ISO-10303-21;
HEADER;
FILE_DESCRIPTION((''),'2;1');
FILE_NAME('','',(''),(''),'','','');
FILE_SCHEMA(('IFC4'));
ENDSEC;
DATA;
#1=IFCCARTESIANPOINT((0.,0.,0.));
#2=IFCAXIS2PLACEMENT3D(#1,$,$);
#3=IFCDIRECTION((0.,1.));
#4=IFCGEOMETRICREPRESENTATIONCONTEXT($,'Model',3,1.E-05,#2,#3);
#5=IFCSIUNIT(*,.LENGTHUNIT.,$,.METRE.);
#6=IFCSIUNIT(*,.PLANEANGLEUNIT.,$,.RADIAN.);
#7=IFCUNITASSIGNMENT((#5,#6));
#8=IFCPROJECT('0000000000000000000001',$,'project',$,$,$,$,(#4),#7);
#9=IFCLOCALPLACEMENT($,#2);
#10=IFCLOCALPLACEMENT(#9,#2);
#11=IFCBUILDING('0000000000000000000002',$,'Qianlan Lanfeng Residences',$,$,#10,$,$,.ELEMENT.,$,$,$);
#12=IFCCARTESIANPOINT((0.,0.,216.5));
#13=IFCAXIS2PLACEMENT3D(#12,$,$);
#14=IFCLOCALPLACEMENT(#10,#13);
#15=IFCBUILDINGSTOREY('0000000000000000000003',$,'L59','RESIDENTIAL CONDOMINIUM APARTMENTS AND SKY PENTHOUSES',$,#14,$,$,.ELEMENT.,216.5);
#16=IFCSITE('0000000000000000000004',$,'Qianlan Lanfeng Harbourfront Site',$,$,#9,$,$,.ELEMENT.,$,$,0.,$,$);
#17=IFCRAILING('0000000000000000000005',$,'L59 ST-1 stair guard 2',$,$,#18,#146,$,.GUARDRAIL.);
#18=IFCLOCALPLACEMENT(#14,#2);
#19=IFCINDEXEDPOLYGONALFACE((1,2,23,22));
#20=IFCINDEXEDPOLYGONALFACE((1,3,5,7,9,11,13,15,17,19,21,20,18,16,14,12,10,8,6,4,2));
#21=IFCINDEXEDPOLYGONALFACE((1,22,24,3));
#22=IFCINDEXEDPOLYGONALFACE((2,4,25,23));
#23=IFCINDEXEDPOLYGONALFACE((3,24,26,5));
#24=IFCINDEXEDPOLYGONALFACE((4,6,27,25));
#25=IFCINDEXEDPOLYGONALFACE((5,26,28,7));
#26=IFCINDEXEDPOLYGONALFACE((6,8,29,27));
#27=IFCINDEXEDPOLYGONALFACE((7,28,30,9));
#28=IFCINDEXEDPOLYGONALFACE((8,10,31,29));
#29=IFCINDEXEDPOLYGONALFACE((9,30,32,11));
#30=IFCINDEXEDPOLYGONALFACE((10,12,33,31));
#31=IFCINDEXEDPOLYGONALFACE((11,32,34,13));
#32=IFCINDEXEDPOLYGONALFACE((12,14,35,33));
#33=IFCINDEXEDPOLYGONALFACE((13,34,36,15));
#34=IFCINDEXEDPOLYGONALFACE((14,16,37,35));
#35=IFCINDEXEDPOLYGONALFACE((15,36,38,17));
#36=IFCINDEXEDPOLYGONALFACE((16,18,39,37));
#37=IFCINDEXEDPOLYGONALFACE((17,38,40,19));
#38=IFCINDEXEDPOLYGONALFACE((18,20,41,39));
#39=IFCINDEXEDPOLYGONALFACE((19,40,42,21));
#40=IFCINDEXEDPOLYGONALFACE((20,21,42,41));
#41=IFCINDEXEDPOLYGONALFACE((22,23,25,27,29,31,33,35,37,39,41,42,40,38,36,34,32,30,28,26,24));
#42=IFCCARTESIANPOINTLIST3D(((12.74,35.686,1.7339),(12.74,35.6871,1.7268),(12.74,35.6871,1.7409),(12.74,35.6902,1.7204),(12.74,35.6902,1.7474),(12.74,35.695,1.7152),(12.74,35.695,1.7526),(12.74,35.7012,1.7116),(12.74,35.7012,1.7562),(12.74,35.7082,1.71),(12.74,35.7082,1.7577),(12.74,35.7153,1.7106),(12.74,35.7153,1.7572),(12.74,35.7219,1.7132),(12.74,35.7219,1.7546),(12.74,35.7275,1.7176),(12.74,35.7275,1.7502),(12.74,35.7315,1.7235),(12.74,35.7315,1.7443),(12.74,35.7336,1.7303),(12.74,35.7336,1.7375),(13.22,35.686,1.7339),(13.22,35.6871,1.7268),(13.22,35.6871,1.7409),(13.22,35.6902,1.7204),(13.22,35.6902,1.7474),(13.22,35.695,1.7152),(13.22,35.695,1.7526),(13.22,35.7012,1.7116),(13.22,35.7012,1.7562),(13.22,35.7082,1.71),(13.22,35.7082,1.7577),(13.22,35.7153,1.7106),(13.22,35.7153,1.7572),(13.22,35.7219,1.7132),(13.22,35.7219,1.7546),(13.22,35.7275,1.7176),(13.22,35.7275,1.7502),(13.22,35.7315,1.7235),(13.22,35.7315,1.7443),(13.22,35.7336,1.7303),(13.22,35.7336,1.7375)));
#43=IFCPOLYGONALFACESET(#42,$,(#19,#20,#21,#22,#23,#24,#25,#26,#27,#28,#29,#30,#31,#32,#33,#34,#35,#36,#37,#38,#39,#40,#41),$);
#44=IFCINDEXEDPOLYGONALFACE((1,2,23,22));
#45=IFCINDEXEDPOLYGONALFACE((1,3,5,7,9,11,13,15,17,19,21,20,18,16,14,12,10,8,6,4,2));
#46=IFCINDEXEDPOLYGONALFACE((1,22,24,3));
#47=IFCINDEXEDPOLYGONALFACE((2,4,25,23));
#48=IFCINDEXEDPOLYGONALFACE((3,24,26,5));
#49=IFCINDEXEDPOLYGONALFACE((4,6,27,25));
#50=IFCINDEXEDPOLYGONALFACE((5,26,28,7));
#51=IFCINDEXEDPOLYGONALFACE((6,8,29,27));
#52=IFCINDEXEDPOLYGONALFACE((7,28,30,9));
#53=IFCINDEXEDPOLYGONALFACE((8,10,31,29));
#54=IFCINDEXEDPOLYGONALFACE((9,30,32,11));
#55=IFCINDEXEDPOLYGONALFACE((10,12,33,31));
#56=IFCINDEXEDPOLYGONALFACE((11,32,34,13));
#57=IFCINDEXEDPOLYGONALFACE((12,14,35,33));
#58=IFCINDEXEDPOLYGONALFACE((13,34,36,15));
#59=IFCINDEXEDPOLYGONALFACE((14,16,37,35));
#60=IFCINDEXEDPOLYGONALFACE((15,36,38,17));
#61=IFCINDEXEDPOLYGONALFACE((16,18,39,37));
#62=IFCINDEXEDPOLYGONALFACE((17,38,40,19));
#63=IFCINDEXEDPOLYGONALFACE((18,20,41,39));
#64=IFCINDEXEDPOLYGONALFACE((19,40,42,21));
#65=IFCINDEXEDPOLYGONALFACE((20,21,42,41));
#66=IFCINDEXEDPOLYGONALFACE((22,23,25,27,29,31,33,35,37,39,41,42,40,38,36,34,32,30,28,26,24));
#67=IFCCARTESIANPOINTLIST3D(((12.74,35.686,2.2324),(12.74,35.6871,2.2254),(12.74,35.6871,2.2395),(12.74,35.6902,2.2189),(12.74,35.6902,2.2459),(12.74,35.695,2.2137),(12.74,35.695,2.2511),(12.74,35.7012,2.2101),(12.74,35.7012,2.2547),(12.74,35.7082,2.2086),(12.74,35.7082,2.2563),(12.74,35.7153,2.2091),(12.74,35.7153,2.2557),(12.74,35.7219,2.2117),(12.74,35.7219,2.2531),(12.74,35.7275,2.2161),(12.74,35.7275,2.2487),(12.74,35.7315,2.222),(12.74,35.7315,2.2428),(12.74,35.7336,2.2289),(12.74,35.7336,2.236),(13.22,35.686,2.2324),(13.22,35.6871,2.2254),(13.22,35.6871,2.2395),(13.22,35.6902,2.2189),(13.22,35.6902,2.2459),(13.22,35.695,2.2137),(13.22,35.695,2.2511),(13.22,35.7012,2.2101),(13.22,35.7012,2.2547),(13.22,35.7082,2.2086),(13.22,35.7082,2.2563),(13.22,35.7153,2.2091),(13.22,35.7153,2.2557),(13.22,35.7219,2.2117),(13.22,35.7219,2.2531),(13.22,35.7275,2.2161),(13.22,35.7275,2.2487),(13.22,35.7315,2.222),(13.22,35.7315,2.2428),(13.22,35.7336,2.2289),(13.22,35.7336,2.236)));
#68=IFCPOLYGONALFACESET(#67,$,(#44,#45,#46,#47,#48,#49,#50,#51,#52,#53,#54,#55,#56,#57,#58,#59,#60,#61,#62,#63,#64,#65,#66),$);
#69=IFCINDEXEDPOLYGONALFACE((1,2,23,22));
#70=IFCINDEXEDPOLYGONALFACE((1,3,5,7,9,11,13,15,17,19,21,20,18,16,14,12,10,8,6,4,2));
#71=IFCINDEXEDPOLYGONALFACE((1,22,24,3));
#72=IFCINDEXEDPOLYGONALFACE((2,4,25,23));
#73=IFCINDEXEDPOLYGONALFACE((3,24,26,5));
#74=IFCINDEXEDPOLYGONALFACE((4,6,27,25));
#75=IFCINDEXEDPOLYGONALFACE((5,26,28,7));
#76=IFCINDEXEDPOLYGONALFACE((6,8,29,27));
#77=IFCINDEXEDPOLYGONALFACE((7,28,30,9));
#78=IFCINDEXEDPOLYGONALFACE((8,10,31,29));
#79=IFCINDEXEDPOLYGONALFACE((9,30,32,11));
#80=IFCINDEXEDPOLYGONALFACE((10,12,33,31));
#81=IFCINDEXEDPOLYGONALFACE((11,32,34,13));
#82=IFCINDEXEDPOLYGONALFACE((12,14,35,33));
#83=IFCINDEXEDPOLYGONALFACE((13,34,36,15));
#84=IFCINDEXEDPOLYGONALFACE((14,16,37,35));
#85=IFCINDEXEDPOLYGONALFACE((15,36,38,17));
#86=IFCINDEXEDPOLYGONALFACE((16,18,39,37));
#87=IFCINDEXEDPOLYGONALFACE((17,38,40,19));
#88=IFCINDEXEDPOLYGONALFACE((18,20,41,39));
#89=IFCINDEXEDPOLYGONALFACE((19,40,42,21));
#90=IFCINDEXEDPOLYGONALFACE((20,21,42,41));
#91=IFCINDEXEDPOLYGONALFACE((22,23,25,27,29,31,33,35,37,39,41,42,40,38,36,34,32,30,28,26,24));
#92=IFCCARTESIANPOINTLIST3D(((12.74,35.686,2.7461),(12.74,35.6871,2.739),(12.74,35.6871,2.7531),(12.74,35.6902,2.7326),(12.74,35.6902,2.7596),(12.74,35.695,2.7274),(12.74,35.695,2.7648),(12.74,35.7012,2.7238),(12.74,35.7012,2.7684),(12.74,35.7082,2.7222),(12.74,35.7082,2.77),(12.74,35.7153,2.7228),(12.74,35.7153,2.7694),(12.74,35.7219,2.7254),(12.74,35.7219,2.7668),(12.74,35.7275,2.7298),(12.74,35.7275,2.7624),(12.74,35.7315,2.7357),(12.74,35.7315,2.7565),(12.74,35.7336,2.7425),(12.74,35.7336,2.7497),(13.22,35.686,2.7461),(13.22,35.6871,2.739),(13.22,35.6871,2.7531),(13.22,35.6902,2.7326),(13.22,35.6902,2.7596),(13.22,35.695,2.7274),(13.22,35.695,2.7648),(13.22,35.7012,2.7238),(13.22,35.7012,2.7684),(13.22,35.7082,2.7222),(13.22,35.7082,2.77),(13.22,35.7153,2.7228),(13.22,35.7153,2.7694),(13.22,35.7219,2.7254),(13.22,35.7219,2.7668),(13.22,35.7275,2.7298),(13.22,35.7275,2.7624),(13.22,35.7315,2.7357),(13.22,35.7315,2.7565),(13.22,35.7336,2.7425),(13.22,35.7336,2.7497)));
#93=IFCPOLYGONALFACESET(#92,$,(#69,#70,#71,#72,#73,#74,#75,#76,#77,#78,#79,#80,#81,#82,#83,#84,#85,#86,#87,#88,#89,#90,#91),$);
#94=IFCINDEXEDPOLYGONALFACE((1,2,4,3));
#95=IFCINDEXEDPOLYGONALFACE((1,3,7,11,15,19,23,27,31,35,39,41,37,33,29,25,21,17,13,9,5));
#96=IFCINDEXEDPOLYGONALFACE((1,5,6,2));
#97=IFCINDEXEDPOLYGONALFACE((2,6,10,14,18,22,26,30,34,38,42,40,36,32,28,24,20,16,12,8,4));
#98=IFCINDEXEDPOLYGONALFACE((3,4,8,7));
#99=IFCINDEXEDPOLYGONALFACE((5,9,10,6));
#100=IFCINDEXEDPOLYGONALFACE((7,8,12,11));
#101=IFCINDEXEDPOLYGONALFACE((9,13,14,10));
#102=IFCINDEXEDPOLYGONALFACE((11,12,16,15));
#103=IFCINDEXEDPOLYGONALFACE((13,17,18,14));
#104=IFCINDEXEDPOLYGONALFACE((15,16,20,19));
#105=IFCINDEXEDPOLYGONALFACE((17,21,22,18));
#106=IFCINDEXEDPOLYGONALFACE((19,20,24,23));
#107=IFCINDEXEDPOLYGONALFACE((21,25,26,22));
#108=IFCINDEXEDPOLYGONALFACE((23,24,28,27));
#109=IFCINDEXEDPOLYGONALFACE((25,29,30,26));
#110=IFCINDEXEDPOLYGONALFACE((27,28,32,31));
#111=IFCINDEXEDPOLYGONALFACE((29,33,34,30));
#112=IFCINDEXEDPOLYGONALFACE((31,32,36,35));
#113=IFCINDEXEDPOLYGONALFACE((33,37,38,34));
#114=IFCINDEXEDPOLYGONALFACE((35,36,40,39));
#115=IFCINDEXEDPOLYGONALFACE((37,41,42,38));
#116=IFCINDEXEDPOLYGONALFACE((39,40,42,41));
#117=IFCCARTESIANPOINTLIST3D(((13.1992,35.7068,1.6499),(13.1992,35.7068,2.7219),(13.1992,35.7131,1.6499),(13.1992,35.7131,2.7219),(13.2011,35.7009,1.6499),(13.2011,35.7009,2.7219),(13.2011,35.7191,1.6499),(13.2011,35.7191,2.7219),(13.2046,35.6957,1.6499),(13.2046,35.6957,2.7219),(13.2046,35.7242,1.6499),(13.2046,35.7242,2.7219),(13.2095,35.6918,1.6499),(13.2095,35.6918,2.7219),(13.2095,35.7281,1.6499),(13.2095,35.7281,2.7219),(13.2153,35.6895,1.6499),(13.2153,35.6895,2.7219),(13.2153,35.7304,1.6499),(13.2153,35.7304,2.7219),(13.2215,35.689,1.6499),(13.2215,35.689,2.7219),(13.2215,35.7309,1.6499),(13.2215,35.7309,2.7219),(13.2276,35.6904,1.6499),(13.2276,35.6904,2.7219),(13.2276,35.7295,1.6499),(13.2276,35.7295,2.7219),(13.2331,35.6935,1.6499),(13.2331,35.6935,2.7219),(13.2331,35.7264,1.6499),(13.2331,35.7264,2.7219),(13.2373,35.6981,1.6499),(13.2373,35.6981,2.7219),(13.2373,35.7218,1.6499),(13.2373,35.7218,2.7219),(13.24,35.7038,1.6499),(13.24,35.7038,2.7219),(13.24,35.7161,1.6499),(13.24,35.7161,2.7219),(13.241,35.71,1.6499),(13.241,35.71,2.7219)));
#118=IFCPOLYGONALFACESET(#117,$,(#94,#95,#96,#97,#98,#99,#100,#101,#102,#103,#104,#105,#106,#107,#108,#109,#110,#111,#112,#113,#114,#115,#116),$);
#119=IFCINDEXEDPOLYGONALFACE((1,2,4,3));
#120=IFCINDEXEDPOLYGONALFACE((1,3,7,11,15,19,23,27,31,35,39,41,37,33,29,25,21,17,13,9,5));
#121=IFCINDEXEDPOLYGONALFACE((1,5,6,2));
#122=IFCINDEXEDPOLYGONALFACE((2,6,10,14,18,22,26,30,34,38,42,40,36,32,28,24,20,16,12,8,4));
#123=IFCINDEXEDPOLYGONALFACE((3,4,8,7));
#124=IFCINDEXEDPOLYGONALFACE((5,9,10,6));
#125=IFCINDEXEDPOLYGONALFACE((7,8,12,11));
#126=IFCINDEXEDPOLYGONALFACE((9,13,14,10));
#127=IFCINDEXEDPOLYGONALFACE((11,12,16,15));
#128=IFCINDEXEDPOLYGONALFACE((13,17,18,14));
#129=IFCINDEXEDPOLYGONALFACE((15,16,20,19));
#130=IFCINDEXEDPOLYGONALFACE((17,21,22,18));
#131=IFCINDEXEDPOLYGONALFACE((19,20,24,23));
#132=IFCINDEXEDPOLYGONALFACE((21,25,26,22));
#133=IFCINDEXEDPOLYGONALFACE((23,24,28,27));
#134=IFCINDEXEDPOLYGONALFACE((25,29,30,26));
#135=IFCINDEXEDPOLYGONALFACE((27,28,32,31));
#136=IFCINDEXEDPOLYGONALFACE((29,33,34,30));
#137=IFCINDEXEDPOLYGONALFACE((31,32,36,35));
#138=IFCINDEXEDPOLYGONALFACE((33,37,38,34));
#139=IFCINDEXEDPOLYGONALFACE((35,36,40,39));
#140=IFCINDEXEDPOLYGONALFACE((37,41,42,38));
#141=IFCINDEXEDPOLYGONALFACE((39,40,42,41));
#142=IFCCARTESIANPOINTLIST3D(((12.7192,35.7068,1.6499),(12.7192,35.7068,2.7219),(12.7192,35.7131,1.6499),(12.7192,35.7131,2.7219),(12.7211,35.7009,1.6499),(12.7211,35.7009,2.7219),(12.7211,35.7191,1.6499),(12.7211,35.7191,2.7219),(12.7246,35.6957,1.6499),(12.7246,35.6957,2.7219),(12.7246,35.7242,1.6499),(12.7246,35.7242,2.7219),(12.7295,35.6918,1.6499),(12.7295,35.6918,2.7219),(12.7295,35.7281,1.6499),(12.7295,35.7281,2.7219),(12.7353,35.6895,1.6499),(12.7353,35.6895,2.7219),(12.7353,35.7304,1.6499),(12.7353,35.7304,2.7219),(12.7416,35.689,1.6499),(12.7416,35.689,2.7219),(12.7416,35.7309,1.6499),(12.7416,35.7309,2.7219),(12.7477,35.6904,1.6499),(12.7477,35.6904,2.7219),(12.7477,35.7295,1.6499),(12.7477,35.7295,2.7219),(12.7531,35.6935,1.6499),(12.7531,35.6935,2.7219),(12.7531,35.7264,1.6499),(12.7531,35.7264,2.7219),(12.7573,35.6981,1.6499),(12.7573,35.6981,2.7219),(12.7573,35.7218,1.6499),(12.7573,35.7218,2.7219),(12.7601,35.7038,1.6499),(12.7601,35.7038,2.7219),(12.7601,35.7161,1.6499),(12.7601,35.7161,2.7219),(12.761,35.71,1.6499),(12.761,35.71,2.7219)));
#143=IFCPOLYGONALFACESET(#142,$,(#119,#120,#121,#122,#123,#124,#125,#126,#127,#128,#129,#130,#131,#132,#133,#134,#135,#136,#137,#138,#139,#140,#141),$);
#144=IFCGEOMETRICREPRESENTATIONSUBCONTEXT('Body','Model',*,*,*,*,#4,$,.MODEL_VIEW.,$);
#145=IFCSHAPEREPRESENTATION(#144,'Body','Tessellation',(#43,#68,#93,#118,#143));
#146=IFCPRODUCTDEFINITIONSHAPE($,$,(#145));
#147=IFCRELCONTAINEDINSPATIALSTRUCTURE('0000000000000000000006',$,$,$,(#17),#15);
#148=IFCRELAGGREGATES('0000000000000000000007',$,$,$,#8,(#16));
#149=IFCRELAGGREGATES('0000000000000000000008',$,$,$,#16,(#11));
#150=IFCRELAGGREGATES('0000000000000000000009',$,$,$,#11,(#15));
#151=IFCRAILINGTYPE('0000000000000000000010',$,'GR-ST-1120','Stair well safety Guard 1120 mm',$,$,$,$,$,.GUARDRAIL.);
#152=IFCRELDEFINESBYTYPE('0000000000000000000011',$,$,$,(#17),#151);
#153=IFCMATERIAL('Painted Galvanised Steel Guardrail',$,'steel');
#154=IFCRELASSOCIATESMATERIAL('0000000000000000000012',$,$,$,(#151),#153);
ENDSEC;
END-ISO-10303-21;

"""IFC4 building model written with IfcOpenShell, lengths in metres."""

from ifc_helpers import new_model, si_unit, direction, frame, origin, origin_2d, place, context, subcontext, project, spatial, circle, extrude, material, type_object, element, save


model = new_model("IFC4")

# Units and contexts
model_context = context("Model", 3, precision=1e-05, world=origin(), true_north=direction((0.0, 1.0)))
body_context = subcontext(model_context, "Body", "Model", "MODEL_VIEW")
ifc_project = project(units=[si_unit("LENGTHUNIT", "METRE"), si_unit("PLANEANGLEUNIT", "RADIAN")], contexts=[model_context])

# Site, building, storey
site_placement = place(None, origin())
site = spatial("IfcSite", under=ifc_project, at=site_placement, Name="Qianlan Lanfeng Harbourfront Site", CompositionType="ELEMENT", RefElevation=0.0)
building_placement = place(site_placement, origin())
building = spatial("IfcBuilding", under=site, at=building_placement, Name="Qianlan Lanfeng Residences", CompositionType="ELEMENT")
storey_placement = place(building_placement, frame((0.0, 0.0, 216.5)))
storey = spatial("IfcBuildingStorey", under=building, at=storey_placement, Name="L59", Description="RESIDENTIAL CONDOMINIUM APARTMENTS AND SKY PENTHOUSES", CompositionType="ELEMENT", Elevation=216.5)

# Railing
ifc_material_1 = material(Name="Painted Galvanised Steel Guardrail", Category="steel")
railing_type_1 = type_object("IfcRailingType", Name="GR-ST-1120", Description="Stair well safety Guard 1120 mm", PredefinedType="GUARDRAIL", material=ifc_material_1)
railing_1_placement = place(storey_placement, frame((13.22, 35.71, 1.6499)))
element("IfcRailing", 1, at=railing_1_placement, inside=storey, type_object=railing_type_1, Name="L59 ST-1 stair guard 2", PredefinedType="GUARDRAIL", context=body_context, shape_type="SweptSolid", body=[
    extrude(circle(Radius=0.0239, at=origin_2d()), frame((0.0, 0.0, 0.084), z_axis=(-1.0, 0.0, 0.0), x_axis=(0.0, -1.0, 0.0)), (0.0, 0.0, 1.0), 0.48),
    extrude(circle(Radius=0.0239, at=origin_2d()), frame((0.0, 0.0, 0.5825), z_axis=(-1.0, 0.0, 0.0), x_axis=(0.0, -1.0, 0.0)), (0.0, 0.0, 1.0), 0.48),
    extrude(circle(Radius=0.0239, at=origin_2d()), frame((0.0, 0.0, 1.0962), z_axis=(-1.0, 0.0, 0.0), x_axis=(0.0, -1.0, 0.0)), (0.0, 0.0, 1.0), 0.48),
    extrude(circle(Radius=0.021, at=origin_2d()), origin(), (0.0, 0.0, 1.0), 1.072),
    extrude(circle(Radius=0.021, at=origin_2d()), frame((-0.48, 0.0, 0.0)), (0.0, 0.0, 1.0), 1.072),
])

save(model, "model.ifc")
